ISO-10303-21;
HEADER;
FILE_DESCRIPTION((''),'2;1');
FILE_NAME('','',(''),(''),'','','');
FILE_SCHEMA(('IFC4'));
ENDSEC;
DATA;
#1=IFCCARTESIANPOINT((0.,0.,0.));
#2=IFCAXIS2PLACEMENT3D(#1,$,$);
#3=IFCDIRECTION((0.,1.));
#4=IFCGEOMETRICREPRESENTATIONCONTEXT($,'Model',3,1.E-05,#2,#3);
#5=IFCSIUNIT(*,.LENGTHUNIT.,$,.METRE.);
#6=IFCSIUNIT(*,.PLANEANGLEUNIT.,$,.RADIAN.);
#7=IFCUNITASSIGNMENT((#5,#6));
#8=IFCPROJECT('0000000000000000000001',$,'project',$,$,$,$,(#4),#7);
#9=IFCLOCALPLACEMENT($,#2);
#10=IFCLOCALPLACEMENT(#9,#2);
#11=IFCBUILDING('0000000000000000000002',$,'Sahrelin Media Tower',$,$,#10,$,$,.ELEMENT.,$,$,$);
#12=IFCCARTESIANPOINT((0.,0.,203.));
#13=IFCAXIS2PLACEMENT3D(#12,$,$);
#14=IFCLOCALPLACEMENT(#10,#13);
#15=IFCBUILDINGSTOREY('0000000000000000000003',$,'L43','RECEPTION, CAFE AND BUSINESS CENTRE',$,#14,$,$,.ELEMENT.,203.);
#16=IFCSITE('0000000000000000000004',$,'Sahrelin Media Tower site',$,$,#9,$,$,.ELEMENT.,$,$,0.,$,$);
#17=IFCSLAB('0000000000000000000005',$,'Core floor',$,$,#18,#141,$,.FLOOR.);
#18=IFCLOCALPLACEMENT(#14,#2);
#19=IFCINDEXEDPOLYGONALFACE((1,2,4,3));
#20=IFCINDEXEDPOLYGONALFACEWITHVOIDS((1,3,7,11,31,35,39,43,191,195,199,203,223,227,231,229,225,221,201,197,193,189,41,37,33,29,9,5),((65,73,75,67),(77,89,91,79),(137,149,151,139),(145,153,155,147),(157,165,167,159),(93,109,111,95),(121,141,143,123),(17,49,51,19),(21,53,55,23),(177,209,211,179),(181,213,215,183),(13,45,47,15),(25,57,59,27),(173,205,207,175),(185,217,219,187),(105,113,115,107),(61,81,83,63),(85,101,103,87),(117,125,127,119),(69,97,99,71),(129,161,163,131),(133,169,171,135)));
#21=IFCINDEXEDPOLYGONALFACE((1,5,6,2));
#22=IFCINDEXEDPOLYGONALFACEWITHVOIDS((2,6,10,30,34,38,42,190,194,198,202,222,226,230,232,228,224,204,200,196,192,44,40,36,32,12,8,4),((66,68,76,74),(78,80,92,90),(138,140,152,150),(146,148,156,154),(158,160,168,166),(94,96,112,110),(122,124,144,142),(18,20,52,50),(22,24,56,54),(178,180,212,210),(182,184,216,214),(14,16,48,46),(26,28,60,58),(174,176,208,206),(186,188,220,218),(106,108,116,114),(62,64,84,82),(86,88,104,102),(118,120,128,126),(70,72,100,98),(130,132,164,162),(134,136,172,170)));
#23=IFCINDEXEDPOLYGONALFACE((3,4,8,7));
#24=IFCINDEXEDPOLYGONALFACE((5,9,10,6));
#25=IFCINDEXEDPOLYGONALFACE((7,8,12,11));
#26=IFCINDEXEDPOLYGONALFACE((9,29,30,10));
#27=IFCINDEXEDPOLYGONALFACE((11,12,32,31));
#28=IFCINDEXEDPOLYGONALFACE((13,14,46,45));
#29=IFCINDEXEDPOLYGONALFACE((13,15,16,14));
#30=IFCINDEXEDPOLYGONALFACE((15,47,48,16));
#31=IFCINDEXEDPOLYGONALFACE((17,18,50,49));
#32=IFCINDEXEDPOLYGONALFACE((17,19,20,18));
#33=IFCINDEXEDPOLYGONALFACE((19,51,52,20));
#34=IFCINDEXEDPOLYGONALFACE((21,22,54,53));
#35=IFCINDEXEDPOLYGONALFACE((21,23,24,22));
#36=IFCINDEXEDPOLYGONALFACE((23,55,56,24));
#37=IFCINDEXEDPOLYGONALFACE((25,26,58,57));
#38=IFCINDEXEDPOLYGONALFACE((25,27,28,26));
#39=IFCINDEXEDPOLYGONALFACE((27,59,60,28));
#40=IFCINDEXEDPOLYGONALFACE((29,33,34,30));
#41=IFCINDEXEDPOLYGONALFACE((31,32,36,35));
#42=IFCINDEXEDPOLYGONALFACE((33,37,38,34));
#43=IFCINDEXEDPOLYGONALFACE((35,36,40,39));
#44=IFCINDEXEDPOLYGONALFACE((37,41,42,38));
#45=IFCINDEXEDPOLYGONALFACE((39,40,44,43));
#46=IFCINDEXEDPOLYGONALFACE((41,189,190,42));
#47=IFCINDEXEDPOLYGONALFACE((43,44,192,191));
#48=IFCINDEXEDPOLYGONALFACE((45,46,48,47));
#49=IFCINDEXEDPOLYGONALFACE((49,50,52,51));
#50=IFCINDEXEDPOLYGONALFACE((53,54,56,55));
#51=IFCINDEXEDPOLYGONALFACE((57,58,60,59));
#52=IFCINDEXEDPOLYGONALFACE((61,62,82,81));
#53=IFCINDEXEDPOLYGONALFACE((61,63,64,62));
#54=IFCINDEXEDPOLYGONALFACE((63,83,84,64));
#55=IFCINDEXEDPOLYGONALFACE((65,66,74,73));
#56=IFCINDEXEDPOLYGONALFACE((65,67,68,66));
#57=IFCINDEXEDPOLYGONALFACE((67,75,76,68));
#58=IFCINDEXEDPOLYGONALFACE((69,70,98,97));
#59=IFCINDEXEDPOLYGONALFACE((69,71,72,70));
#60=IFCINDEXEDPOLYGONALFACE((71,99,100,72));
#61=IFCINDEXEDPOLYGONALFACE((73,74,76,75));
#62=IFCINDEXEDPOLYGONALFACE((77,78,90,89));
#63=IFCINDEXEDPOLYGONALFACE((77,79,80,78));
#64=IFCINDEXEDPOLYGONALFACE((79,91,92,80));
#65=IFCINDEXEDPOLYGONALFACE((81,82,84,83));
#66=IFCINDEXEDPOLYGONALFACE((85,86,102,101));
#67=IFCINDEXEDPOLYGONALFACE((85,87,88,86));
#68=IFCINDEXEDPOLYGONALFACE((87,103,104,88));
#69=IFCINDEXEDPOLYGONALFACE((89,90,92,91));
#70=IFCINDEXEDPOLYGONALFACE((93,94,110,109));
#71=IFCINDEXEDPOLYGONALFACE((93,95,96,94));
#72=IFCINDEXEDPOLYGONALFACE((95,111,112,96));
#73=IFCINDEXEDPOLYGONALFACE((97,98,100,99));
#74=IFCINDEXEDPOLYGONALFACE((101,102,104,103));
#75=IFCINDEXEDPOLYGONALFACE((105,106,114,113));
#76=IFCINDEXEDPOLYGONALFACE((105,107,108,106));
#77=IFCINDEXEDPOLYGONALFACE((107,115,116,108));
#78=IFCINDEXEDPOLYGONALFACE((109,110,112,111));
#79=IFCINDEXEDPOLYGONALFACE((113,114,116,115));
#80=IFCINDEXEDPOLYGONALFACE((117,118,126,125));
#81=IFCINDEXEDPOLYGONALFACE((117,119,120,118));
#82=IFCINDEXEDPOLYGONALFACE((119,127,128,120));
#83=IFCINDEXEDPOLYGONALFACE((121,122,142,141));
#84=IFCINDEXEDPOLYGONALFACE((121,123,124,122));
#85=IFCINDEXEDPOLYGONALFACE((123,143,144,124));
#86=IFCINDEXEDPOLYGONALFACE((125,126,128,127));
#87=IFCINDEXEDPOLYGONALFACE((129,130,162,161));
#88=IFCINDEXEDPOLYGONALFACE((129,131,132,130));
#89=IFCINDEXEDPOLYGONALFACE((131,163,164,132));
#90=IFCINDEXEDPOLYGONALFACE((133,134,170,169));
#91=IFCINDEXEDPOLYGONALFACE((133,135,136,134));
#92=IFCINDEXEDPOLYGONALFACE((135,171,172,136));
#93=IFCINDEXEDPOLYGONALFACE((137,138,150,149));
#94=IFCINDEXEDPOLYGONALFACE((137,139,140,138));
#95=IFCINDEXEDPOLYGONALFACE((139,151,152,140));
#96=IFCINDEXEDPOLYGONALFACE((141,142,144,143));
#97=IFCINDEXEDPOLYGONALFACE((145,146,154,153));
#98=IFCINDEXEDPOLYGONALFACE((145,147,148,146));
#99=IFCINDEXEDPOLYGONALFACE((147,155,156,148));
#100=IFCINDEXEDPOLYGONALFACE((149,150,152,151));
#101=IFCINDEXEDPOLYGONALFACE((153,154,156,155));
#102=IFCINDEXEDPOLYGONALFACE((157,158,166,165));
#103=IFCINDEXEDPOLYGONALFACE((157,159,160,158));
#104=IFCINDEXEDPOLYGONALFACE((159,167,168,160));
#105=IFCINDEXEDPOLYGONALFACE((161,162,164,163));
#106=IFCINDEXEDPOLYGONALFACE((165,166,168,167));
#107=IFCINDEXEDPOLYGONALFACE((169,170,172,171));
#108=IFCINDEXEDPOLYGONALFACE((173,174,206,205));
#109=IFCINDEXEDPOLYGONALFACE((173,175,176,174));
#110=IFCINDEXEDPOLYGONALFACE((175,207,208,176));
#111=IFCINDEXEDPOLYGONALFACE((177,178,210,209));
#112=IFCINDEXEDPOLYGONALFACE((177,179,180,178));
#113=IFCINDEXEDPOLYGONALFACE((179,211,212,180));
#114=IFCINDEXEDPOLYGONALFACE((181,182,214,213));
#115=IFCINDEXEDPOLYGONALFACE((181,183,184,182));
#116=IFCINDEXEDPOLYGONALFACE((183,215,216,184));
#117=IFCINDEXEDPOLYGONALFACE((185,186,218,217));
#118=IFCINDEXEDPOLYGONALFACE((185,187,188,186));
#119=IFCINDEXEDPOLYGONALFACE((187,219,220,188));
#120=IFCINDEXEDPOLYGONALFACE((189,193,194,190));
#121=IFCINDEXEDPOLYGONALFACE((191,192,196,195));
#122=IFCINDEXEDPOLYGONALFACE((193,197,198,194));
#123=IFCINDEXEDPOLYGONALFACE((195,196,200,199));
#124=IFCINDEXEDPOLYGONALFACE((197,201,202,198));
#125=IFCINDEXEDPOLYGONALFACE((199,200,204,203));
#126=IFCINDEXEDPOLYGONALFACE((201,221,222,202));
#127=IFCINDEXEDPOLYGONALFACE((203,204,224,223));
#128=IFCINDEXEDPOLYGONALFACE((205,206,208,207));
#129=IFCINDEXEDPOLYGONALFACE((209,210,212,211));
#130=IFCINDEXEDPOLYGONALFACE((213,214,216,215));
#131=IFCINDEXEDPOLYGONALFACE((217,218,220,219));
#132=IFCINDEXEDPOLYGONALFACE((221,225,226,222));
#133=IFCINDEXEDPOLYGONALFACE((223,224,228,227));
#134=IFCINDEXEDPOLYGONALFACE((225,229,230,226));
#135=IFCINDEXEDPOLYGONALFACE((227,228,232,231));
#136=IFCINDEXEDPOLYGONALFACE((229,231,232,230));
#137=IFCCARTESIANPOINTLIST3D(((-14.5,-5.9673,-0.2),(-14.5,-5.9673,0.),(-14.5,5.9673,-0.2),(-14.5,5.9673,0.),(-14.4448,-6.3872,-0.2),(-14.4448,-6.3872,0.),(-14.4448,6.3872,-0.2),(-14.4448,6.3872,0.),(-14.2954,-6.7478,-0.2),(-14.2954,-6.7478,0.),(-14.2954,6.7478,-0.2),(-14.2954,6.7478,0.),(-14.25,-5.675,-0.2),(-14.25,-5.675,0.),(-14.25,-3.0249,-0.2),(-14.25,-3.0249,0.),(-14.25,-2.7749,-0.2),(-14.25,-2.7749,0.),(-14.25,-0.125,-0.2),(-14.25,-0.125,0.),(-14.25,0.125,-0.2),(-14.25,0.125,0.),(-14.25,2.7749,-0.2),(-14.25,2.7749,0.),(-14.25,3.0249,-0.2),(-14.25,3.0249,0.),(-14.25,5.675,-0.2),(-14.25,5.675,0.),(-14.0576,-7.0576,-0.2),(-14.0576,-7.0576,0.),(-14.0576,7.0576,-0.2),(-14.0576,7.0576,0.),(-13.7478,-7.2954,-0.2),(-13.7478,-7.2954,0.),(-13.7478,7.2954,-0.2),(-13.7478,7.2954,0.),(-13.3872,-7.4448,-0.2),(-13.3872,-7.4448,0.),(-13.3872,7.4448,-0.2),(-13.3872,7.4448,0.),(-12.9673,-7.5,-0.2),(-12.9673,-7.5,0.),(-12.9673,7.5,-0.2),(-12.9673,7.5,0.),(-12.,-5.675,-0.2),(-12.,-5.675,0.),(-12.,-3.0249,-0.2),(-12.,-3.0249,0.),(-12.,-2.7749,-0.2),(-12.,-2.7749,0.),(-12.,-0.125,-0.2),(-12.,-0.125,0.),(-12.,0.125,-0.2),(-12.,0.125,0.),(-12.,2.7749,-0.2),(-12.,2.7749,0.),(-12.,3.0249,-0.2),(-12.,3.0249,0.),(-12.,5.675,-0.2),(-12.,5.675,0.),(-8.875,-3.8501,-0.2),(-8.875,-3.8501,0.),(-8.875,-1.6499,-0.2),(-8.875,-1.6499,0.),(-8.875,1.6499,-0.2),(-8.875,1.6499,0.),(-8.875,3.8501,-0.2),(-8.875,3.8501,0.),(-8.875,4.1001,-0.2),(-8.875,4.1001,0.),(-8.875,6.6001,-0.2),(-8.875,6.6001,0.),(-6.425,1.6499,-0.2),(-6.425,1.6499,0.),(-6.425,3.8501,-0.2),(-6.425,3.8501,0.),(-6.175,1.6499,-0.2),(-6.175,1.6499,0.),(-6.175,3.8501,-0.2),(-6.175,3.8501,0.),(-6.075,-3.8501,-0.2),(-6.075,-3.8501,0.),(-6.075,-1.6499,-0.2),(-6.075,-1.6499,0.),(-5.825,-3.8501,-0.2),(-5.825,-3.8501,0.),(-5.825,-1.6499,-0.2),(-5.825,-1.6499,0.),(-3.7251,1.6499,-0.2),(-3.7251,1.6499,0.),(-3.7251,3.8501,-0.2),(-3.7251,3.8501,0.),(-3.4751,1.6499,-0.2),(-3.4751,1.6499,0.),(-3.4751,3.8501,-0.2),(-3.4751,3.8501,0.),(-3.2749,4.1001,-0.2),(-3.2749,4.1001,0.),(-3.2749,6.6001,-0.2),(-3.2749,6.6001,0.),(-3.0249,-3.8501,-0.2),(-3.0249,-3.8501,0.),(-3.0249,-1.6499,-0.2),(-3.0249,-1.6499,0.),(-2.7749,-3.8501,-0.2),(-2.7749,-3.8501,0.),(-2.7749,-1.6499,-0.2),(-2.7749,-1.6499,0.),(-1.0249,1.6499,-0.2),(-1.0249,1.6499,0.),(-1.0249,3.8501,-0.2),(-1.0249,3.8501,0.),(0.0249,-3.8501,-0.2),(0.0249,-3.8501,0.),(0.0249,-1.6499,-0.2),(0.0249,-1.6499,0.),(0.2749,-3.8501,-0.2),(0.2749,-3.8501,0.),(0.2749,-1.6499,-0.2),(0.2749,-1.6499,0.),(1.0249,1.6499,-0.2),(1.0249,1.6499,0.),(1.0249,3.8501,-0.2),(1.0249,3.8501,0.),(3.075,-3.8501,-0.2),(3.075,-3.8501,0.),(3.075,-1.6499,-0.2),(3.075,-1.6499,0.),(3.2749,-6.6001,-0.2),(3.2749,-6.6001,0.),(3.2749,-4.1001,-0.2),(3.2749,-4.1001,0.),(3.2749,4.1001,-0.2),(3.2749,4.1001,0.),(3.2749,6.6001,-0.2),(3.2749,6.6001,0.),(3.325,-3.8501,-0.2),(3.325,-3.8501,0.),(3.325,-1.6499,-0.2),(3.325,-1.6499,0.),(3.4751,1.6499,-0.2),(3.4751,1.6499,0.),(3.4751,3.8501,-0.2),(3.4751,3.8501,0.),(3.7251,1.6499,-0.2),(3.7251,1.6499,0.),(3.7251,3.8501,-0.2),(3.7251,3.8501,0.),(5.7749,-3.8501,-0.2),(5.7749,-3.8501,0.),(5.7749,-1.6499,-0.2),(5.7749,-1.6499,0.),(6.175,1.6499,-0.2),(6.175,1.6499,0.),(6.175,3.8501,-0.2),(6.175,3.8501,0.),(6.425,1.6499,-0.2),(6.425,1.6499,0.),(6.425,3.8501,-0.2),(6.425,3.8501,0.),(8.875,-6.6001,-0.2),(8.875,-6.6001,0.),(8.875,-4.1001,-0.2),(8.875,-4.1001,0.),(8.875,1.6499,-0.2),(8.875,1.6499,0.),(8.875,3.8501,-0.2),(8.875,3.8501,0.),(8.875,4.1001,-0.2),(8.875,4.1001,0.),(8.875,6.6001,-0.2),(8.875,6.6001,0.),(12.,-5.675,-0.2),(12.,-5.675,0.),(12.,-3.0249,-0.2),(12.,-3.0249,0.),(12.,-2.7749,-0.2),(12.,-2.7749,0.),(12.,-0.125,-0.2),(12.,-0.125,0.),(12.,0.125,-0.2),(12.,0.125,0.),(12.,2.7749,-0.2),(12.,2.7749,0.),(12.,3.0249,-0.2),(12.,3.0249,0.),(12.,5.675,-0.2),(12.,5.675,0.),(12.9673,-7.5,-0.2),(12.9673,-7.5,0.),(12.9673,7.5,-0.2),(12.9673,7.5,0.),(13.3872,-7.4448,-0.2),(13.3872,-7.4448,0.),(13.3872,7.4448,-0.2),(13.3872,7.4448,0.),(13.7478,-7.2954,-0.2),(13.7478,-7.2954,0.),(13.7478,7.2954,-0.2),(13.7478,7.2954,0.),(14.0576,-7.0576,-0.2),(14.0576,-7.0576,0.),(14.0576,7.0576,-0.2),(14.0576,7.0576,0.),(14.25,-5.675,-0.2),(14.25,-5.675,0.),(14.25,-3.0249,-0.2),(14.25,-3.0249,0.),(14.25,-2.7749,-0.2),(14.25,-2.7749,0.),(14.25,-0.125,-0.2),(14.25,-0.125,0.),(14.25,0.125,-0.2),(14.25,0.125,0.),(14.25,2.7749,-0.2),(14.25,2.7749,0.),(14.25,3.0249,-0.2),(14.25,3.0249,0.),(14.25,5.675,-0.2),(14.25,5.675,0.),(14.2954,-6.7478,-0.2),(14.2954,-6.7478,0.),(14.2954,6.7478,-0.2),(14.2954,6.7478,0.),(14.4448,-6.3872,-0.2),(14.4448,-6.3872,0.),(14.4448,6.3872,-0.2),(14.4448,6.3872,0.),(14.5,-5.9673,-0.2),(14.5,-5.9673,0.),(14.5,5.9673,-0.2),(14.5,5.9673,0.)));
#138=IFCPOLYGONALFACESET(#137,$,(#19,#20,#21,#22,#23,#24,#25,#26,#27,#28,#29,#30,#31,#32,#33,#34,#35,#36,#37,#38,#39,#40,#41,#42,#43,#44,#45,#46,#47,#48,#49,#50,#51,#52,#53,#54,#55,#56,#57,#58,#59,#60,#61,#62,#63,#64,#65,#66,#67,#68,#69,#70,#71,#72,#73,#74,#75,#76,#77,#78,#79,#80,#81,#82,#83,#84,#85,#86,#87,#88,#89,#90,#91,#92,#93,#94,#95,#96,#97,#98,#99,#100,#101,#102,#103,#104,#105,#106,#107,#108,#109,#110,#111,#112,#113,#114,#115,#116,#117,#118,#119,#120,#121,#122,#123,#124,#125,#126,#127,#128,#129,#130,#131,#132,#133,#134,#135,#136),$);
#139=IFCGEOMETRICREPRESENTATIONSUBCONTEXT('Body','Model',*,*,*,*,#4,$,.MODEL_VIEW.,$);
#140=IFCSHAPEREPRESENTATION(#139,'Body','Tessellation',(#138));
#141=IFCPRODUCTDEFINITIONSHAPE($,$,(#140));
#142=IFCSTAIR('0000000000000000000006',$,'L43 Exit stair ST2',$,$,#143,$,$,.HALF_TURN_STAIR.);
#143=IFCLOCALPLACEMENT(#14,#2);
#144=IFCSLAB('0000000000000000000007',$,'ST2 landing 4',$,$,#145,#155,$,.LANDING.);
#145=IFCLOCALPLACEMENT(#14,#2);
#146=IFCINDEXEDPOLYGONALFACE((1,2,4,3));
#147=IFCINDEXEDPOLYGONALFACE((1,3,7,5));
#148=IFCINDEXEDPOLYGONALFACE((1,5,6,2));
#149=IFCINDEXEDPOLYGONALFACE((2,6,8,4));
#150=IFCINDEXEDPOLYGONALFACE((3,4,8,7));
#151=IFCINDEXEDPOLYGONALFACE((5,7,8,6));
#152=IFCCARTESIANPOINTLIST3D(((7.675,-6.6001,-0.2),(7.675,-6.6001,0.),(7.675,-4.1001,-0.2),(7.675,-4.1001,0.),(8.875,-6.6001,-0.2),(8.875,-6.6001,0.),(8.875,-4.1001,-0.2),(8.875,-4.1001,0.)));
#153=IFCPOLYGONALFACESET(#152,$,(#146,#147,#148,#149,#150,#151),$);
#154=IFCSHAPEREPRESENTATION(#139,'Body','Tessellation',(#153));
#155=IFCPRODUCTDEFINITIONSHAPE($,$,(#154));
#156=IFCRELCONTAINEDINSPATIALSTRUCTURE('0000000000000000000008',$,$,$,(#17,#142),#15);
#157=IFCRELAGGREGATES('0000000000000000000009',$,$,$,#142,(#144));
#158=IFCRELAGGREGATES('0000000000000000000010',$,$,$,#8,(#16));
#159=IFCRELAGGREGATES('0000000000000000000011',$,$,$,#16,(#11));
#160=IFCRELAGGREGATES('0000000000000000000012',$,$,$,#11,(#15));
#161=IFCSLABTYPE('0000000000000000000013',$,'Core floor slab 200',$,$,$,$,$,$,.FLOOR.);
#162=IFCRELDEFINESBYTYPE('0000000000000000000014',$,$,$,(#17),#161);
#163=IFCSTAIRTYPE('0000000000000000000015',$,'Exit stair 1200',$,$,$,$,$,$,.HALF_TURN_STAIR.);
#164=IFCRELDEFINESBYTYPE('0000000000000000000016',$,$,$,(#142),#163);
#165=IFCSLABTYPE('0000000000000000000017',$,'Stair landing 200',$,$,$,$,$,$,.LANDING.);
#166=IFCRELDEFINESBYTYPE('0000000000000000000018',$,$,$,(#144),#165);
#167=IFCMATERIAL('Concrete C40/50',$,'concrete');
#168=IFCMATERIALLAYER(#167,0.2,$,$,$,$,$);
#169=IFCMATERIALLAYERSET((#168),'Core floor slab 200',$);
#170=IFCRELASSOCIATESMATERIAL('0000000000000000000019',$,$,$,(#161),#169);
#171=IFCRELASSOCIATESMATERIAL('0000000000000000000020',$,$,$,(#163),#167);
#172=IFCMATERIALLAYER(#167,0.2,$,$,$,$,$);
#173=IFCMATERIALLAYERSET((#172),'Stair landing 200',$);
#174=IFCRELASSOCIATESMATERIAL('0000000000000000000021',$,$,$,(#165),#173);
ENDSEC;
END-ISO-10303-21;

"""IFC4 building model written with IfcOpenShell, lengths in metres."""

from ifc_helpers import new_model, si_unit, direction, frame, origin, place, context, subcontext, project, spatial, polyline, outline, extrude, material, layer, layer_set, type_object, element, aggregate, save


model = new_model("IFC4")

# Units and contexts
model_context = context("Model", 3, precision=1e-05, world=origin(), true_north=direction((0.0, 1.0)))
body_context = subcontext(model_context, "Body", "Model", "MODEL_VIEW")
ifc_project = project(units=[si_unit("LENGTHUNIT", "METRE"), si_unit("PLANEANGLEUNIT", "RADIAN")], contexts=[model_context])

# Site, building, storey
site_placement = place(None, origin())
site = spatial("IfcSite", under=ifc_project, at=site_placement, Name="Sahrelin Media Tower site", CompositionType="ELEMENT", RefElevation=0.0)
building_placement = place(site_placement, origin())
building = spatial("IfcBuilding", under=site, at=building_placement, Name="Sahrelin Media Tower", CompositionType="ELEMENT")
storey_placement = place(building_placement, frame((0.0, 0.0, 203.0)))
storey = spatial("IfcBuildingStorey", under=building, at=storey_placement, Name="L43", Description="RECEPTION, CAFE AND BUSINESS CENTRE", CompositionType="ELEMENT", Elevation=203.0)

# Slab
ifc_material_1 = material(Name="Concrete C40/50", Category="concrete")
ifc_layer_1 = layer(ifc_material_1, 0.2)
ifc_layer_set_1 = layer_set([ifc_layer_1], Name="Core floor slab 200")
slab_type_1 = type_object("IfcSlabType", Name="Core floor slab 200", PredefinedType="FLOOR", material=ifc_layer_set_1)
placement_1 = place(storey_placement, frame((0.0, 0.0, -0.2)))
element("IfcSlab", 1, at=placement_1, inside=storey, type_object=slab_type_1, Name="Core floor", PredefinedType="FLOOR", context=body_context, shape_type="SweptSolid", body=[
    extrude(outline(polyline([(12.9673, 7.5), (-12.9673, 7.5), (-13.3872, 7.4448), (-13.7478, 7.2954), (-14.0576, 7.0576), (-14.2954, 6.7478), (-14.4448, 6.3872), (-14.5, 5.9673), (-14.5, -5.9673), (-14.4448, -6.3872), (-14.2954, -6.7478), (-14.0576, -7.0576), (-13.7478, -7.2954), (-13.3872, -7.4448), (-12.9673, -7.5), (12.9673, -7.5), (13.3872, -7.4448), (13.7478, -7.2954), (14.0576, -7.0576), (14.2954, -6.7478), (14.4448, -6.3872), (14.5, -5.9673), (14.5, 5.9673), (14.4448, 6.3872), (14.2954, 6.7478), (14.0576, 7.0576), (13.7478, 7.2954), (13.3872, 7.4448), (12.9673, 7.5)]), holes=[polyline([(-14.25, 5.675), (-14.25, 3.0249), (-12.0, 3.0249), (-12.0, 5.675), (-14.25, 5.675)]), polyline([(-12.0, 2.7749), (-14.25, 2.7749), (-14.25, 0.125), (-12.0, 0.125), (-12.0, 2.7749)]), polyline([(-12.0, -2.7749), (-12.0, -0.125), (-14.25, -0.125), (-14.25, -2.7749), (-12.0, -2.7749)]), polyline([(-14.25, -5.675), (-12.0, -5.675), (-12.0, -3.0249), (-14.25, -3.0249), (-14.25, -5.675)]), polyline([(12.0, 5.675), (12.0, 3.0249), (14.25, 3.0249), (14.25, 5.675), (12.0, 5.675)]), polyline([(14.25, 2.7749), (12.0, 2.7749), (12.0, 0.125), (14.25, 0.125), (14.25, 2.7749)]), polyline([(14.25, -2.7749), (14.25, -0.125), (12.0, -0.125), (12.0, -2.7749), (14.25, -2.7749)]), polyline([(12.0, -5.675), (14.25, -5.675), (14.25, -3.0249), (12.0, -3.0249), (12.0, -5.675)]), polyline([(-8.875, 3.8501), (-8.875, 1.6499), (-6.425, 1.6499), (-6.425, 3.8501), (-8.875, 3.8501)]), polyline([(-3.7251, 3.8501), (-6.175, 3.8501), (-6.175, 1.6499), (-3.7251, 1.6499), (-3.7251, 3.8501)]), polyline([(-1.0249, 1.6499), (-1.0249, 3.8501), (-3.4751, 3.8501), (-3.4751, 1.6499), (-1.0249, 1.6499)]), polyline([(1.0249, 1.6499), (3.4751, 1.6499), (3.4751, 3.8501), (1.0249, 3.8501), (1.0249, 1.6499)]), polyline([(3.7251, 3.8501), (3.7251, 1.6499), (6.175, 1.6499), (6.175, 3.8501), (3.7251, 3.8501)]), polyline([(8.875, 3.8501), (6.425, 3.8501), (6.425, 1.6499), (8.875, 1.6499), (8.875, 3.8501)]), polyline([(-6.075, -3.8501), (-6.075, -1.6499), (-8.875, -1.6499), (-8.875, -3.8501), (-6.075, -3.8501)]), polyline([(-5.825, -3.8501), (-3.0249, -3.8501), (-3.0249, -1.6499), (-5.825, -1.6499), (-5.825, -3.8501)]), polyline([(-2.7749, -1.6499), (-2.7749, -3.8501), (0.0249, -3.8501), (0.0249, -1.6499), (-2.7749, -1.6499)]), polyline([(3.075, -1.6499), (0.2749, -1.6499), (0.2749, -3.8501), (3.075, -3.8501), (3.075, -1.6499)]), polyline([(5.7749, -3.8501), (5.7749, -1.6499), (3.325, -1.6499), (3.325, -3.8501), (5.7749, -3.8501)]), polyline([(-8.875, 6.6001), (-8.875, 4.1001), (-3.2749, 4.1001), (-3.2749, 6.6001), (-8.875, 6.6001)]), polyline([(3.2749, 4.1001), (8.875, 4.1001), (8.875, 6.6001), (3.2749, 6.6001), (3.2749, 4.1001)]), polyline([(3.2749, -4.1001), (3.2749, -6.6001), (8.875, -6.6001), (8.875, -4.1001), (3.2749, -4.1001)])]), origin(), (0.0, 0.0, 1.0), 0.2),
])

# Stair, slab
stair_type = type_object("IfcStairType", Name="Exit stair 1200", PredefinedType="HALF_TURN_STAIR", material=ifc_material_1)
placement_2 = place(storey_placement, origin())
stair = element("IfcStair", 2, at=placement_2, inside=storey, type_object=stair_type, Name="L43 Exit stair ST2", PredefinedType="HALF_TURN_STAIR")
ifc_layer_2 = layer(ifc_material_1, 0.2)
ifc_layer_set_2 = layer_set([ifc_layer_2], Name="Stair landing 200")
slab_type_2 = type_object("IfcSlabType", Name="Stair landing 200", PredefinedType="LANDING", material=ifc_layer_set_2)
slab_1 = element("IfcSlab", 3, at=placement_1, type_object=slab_type_2, Name="ST2 landing 4", PredefinedType="LANDING", context=body_context, shape_type="SweptSolid", body=[
    extrude(outline(polyline([(8.875, -4.1001), (7.675, -4.1001), (7.675, -6.6001), (8.875, -6.6001), (8.875, -4.1001)])), origin(), (0.0, 0.0, 1.0), 0.2),
])
aggregate(stair, [slab_1])

save(model, "model.ifc")
